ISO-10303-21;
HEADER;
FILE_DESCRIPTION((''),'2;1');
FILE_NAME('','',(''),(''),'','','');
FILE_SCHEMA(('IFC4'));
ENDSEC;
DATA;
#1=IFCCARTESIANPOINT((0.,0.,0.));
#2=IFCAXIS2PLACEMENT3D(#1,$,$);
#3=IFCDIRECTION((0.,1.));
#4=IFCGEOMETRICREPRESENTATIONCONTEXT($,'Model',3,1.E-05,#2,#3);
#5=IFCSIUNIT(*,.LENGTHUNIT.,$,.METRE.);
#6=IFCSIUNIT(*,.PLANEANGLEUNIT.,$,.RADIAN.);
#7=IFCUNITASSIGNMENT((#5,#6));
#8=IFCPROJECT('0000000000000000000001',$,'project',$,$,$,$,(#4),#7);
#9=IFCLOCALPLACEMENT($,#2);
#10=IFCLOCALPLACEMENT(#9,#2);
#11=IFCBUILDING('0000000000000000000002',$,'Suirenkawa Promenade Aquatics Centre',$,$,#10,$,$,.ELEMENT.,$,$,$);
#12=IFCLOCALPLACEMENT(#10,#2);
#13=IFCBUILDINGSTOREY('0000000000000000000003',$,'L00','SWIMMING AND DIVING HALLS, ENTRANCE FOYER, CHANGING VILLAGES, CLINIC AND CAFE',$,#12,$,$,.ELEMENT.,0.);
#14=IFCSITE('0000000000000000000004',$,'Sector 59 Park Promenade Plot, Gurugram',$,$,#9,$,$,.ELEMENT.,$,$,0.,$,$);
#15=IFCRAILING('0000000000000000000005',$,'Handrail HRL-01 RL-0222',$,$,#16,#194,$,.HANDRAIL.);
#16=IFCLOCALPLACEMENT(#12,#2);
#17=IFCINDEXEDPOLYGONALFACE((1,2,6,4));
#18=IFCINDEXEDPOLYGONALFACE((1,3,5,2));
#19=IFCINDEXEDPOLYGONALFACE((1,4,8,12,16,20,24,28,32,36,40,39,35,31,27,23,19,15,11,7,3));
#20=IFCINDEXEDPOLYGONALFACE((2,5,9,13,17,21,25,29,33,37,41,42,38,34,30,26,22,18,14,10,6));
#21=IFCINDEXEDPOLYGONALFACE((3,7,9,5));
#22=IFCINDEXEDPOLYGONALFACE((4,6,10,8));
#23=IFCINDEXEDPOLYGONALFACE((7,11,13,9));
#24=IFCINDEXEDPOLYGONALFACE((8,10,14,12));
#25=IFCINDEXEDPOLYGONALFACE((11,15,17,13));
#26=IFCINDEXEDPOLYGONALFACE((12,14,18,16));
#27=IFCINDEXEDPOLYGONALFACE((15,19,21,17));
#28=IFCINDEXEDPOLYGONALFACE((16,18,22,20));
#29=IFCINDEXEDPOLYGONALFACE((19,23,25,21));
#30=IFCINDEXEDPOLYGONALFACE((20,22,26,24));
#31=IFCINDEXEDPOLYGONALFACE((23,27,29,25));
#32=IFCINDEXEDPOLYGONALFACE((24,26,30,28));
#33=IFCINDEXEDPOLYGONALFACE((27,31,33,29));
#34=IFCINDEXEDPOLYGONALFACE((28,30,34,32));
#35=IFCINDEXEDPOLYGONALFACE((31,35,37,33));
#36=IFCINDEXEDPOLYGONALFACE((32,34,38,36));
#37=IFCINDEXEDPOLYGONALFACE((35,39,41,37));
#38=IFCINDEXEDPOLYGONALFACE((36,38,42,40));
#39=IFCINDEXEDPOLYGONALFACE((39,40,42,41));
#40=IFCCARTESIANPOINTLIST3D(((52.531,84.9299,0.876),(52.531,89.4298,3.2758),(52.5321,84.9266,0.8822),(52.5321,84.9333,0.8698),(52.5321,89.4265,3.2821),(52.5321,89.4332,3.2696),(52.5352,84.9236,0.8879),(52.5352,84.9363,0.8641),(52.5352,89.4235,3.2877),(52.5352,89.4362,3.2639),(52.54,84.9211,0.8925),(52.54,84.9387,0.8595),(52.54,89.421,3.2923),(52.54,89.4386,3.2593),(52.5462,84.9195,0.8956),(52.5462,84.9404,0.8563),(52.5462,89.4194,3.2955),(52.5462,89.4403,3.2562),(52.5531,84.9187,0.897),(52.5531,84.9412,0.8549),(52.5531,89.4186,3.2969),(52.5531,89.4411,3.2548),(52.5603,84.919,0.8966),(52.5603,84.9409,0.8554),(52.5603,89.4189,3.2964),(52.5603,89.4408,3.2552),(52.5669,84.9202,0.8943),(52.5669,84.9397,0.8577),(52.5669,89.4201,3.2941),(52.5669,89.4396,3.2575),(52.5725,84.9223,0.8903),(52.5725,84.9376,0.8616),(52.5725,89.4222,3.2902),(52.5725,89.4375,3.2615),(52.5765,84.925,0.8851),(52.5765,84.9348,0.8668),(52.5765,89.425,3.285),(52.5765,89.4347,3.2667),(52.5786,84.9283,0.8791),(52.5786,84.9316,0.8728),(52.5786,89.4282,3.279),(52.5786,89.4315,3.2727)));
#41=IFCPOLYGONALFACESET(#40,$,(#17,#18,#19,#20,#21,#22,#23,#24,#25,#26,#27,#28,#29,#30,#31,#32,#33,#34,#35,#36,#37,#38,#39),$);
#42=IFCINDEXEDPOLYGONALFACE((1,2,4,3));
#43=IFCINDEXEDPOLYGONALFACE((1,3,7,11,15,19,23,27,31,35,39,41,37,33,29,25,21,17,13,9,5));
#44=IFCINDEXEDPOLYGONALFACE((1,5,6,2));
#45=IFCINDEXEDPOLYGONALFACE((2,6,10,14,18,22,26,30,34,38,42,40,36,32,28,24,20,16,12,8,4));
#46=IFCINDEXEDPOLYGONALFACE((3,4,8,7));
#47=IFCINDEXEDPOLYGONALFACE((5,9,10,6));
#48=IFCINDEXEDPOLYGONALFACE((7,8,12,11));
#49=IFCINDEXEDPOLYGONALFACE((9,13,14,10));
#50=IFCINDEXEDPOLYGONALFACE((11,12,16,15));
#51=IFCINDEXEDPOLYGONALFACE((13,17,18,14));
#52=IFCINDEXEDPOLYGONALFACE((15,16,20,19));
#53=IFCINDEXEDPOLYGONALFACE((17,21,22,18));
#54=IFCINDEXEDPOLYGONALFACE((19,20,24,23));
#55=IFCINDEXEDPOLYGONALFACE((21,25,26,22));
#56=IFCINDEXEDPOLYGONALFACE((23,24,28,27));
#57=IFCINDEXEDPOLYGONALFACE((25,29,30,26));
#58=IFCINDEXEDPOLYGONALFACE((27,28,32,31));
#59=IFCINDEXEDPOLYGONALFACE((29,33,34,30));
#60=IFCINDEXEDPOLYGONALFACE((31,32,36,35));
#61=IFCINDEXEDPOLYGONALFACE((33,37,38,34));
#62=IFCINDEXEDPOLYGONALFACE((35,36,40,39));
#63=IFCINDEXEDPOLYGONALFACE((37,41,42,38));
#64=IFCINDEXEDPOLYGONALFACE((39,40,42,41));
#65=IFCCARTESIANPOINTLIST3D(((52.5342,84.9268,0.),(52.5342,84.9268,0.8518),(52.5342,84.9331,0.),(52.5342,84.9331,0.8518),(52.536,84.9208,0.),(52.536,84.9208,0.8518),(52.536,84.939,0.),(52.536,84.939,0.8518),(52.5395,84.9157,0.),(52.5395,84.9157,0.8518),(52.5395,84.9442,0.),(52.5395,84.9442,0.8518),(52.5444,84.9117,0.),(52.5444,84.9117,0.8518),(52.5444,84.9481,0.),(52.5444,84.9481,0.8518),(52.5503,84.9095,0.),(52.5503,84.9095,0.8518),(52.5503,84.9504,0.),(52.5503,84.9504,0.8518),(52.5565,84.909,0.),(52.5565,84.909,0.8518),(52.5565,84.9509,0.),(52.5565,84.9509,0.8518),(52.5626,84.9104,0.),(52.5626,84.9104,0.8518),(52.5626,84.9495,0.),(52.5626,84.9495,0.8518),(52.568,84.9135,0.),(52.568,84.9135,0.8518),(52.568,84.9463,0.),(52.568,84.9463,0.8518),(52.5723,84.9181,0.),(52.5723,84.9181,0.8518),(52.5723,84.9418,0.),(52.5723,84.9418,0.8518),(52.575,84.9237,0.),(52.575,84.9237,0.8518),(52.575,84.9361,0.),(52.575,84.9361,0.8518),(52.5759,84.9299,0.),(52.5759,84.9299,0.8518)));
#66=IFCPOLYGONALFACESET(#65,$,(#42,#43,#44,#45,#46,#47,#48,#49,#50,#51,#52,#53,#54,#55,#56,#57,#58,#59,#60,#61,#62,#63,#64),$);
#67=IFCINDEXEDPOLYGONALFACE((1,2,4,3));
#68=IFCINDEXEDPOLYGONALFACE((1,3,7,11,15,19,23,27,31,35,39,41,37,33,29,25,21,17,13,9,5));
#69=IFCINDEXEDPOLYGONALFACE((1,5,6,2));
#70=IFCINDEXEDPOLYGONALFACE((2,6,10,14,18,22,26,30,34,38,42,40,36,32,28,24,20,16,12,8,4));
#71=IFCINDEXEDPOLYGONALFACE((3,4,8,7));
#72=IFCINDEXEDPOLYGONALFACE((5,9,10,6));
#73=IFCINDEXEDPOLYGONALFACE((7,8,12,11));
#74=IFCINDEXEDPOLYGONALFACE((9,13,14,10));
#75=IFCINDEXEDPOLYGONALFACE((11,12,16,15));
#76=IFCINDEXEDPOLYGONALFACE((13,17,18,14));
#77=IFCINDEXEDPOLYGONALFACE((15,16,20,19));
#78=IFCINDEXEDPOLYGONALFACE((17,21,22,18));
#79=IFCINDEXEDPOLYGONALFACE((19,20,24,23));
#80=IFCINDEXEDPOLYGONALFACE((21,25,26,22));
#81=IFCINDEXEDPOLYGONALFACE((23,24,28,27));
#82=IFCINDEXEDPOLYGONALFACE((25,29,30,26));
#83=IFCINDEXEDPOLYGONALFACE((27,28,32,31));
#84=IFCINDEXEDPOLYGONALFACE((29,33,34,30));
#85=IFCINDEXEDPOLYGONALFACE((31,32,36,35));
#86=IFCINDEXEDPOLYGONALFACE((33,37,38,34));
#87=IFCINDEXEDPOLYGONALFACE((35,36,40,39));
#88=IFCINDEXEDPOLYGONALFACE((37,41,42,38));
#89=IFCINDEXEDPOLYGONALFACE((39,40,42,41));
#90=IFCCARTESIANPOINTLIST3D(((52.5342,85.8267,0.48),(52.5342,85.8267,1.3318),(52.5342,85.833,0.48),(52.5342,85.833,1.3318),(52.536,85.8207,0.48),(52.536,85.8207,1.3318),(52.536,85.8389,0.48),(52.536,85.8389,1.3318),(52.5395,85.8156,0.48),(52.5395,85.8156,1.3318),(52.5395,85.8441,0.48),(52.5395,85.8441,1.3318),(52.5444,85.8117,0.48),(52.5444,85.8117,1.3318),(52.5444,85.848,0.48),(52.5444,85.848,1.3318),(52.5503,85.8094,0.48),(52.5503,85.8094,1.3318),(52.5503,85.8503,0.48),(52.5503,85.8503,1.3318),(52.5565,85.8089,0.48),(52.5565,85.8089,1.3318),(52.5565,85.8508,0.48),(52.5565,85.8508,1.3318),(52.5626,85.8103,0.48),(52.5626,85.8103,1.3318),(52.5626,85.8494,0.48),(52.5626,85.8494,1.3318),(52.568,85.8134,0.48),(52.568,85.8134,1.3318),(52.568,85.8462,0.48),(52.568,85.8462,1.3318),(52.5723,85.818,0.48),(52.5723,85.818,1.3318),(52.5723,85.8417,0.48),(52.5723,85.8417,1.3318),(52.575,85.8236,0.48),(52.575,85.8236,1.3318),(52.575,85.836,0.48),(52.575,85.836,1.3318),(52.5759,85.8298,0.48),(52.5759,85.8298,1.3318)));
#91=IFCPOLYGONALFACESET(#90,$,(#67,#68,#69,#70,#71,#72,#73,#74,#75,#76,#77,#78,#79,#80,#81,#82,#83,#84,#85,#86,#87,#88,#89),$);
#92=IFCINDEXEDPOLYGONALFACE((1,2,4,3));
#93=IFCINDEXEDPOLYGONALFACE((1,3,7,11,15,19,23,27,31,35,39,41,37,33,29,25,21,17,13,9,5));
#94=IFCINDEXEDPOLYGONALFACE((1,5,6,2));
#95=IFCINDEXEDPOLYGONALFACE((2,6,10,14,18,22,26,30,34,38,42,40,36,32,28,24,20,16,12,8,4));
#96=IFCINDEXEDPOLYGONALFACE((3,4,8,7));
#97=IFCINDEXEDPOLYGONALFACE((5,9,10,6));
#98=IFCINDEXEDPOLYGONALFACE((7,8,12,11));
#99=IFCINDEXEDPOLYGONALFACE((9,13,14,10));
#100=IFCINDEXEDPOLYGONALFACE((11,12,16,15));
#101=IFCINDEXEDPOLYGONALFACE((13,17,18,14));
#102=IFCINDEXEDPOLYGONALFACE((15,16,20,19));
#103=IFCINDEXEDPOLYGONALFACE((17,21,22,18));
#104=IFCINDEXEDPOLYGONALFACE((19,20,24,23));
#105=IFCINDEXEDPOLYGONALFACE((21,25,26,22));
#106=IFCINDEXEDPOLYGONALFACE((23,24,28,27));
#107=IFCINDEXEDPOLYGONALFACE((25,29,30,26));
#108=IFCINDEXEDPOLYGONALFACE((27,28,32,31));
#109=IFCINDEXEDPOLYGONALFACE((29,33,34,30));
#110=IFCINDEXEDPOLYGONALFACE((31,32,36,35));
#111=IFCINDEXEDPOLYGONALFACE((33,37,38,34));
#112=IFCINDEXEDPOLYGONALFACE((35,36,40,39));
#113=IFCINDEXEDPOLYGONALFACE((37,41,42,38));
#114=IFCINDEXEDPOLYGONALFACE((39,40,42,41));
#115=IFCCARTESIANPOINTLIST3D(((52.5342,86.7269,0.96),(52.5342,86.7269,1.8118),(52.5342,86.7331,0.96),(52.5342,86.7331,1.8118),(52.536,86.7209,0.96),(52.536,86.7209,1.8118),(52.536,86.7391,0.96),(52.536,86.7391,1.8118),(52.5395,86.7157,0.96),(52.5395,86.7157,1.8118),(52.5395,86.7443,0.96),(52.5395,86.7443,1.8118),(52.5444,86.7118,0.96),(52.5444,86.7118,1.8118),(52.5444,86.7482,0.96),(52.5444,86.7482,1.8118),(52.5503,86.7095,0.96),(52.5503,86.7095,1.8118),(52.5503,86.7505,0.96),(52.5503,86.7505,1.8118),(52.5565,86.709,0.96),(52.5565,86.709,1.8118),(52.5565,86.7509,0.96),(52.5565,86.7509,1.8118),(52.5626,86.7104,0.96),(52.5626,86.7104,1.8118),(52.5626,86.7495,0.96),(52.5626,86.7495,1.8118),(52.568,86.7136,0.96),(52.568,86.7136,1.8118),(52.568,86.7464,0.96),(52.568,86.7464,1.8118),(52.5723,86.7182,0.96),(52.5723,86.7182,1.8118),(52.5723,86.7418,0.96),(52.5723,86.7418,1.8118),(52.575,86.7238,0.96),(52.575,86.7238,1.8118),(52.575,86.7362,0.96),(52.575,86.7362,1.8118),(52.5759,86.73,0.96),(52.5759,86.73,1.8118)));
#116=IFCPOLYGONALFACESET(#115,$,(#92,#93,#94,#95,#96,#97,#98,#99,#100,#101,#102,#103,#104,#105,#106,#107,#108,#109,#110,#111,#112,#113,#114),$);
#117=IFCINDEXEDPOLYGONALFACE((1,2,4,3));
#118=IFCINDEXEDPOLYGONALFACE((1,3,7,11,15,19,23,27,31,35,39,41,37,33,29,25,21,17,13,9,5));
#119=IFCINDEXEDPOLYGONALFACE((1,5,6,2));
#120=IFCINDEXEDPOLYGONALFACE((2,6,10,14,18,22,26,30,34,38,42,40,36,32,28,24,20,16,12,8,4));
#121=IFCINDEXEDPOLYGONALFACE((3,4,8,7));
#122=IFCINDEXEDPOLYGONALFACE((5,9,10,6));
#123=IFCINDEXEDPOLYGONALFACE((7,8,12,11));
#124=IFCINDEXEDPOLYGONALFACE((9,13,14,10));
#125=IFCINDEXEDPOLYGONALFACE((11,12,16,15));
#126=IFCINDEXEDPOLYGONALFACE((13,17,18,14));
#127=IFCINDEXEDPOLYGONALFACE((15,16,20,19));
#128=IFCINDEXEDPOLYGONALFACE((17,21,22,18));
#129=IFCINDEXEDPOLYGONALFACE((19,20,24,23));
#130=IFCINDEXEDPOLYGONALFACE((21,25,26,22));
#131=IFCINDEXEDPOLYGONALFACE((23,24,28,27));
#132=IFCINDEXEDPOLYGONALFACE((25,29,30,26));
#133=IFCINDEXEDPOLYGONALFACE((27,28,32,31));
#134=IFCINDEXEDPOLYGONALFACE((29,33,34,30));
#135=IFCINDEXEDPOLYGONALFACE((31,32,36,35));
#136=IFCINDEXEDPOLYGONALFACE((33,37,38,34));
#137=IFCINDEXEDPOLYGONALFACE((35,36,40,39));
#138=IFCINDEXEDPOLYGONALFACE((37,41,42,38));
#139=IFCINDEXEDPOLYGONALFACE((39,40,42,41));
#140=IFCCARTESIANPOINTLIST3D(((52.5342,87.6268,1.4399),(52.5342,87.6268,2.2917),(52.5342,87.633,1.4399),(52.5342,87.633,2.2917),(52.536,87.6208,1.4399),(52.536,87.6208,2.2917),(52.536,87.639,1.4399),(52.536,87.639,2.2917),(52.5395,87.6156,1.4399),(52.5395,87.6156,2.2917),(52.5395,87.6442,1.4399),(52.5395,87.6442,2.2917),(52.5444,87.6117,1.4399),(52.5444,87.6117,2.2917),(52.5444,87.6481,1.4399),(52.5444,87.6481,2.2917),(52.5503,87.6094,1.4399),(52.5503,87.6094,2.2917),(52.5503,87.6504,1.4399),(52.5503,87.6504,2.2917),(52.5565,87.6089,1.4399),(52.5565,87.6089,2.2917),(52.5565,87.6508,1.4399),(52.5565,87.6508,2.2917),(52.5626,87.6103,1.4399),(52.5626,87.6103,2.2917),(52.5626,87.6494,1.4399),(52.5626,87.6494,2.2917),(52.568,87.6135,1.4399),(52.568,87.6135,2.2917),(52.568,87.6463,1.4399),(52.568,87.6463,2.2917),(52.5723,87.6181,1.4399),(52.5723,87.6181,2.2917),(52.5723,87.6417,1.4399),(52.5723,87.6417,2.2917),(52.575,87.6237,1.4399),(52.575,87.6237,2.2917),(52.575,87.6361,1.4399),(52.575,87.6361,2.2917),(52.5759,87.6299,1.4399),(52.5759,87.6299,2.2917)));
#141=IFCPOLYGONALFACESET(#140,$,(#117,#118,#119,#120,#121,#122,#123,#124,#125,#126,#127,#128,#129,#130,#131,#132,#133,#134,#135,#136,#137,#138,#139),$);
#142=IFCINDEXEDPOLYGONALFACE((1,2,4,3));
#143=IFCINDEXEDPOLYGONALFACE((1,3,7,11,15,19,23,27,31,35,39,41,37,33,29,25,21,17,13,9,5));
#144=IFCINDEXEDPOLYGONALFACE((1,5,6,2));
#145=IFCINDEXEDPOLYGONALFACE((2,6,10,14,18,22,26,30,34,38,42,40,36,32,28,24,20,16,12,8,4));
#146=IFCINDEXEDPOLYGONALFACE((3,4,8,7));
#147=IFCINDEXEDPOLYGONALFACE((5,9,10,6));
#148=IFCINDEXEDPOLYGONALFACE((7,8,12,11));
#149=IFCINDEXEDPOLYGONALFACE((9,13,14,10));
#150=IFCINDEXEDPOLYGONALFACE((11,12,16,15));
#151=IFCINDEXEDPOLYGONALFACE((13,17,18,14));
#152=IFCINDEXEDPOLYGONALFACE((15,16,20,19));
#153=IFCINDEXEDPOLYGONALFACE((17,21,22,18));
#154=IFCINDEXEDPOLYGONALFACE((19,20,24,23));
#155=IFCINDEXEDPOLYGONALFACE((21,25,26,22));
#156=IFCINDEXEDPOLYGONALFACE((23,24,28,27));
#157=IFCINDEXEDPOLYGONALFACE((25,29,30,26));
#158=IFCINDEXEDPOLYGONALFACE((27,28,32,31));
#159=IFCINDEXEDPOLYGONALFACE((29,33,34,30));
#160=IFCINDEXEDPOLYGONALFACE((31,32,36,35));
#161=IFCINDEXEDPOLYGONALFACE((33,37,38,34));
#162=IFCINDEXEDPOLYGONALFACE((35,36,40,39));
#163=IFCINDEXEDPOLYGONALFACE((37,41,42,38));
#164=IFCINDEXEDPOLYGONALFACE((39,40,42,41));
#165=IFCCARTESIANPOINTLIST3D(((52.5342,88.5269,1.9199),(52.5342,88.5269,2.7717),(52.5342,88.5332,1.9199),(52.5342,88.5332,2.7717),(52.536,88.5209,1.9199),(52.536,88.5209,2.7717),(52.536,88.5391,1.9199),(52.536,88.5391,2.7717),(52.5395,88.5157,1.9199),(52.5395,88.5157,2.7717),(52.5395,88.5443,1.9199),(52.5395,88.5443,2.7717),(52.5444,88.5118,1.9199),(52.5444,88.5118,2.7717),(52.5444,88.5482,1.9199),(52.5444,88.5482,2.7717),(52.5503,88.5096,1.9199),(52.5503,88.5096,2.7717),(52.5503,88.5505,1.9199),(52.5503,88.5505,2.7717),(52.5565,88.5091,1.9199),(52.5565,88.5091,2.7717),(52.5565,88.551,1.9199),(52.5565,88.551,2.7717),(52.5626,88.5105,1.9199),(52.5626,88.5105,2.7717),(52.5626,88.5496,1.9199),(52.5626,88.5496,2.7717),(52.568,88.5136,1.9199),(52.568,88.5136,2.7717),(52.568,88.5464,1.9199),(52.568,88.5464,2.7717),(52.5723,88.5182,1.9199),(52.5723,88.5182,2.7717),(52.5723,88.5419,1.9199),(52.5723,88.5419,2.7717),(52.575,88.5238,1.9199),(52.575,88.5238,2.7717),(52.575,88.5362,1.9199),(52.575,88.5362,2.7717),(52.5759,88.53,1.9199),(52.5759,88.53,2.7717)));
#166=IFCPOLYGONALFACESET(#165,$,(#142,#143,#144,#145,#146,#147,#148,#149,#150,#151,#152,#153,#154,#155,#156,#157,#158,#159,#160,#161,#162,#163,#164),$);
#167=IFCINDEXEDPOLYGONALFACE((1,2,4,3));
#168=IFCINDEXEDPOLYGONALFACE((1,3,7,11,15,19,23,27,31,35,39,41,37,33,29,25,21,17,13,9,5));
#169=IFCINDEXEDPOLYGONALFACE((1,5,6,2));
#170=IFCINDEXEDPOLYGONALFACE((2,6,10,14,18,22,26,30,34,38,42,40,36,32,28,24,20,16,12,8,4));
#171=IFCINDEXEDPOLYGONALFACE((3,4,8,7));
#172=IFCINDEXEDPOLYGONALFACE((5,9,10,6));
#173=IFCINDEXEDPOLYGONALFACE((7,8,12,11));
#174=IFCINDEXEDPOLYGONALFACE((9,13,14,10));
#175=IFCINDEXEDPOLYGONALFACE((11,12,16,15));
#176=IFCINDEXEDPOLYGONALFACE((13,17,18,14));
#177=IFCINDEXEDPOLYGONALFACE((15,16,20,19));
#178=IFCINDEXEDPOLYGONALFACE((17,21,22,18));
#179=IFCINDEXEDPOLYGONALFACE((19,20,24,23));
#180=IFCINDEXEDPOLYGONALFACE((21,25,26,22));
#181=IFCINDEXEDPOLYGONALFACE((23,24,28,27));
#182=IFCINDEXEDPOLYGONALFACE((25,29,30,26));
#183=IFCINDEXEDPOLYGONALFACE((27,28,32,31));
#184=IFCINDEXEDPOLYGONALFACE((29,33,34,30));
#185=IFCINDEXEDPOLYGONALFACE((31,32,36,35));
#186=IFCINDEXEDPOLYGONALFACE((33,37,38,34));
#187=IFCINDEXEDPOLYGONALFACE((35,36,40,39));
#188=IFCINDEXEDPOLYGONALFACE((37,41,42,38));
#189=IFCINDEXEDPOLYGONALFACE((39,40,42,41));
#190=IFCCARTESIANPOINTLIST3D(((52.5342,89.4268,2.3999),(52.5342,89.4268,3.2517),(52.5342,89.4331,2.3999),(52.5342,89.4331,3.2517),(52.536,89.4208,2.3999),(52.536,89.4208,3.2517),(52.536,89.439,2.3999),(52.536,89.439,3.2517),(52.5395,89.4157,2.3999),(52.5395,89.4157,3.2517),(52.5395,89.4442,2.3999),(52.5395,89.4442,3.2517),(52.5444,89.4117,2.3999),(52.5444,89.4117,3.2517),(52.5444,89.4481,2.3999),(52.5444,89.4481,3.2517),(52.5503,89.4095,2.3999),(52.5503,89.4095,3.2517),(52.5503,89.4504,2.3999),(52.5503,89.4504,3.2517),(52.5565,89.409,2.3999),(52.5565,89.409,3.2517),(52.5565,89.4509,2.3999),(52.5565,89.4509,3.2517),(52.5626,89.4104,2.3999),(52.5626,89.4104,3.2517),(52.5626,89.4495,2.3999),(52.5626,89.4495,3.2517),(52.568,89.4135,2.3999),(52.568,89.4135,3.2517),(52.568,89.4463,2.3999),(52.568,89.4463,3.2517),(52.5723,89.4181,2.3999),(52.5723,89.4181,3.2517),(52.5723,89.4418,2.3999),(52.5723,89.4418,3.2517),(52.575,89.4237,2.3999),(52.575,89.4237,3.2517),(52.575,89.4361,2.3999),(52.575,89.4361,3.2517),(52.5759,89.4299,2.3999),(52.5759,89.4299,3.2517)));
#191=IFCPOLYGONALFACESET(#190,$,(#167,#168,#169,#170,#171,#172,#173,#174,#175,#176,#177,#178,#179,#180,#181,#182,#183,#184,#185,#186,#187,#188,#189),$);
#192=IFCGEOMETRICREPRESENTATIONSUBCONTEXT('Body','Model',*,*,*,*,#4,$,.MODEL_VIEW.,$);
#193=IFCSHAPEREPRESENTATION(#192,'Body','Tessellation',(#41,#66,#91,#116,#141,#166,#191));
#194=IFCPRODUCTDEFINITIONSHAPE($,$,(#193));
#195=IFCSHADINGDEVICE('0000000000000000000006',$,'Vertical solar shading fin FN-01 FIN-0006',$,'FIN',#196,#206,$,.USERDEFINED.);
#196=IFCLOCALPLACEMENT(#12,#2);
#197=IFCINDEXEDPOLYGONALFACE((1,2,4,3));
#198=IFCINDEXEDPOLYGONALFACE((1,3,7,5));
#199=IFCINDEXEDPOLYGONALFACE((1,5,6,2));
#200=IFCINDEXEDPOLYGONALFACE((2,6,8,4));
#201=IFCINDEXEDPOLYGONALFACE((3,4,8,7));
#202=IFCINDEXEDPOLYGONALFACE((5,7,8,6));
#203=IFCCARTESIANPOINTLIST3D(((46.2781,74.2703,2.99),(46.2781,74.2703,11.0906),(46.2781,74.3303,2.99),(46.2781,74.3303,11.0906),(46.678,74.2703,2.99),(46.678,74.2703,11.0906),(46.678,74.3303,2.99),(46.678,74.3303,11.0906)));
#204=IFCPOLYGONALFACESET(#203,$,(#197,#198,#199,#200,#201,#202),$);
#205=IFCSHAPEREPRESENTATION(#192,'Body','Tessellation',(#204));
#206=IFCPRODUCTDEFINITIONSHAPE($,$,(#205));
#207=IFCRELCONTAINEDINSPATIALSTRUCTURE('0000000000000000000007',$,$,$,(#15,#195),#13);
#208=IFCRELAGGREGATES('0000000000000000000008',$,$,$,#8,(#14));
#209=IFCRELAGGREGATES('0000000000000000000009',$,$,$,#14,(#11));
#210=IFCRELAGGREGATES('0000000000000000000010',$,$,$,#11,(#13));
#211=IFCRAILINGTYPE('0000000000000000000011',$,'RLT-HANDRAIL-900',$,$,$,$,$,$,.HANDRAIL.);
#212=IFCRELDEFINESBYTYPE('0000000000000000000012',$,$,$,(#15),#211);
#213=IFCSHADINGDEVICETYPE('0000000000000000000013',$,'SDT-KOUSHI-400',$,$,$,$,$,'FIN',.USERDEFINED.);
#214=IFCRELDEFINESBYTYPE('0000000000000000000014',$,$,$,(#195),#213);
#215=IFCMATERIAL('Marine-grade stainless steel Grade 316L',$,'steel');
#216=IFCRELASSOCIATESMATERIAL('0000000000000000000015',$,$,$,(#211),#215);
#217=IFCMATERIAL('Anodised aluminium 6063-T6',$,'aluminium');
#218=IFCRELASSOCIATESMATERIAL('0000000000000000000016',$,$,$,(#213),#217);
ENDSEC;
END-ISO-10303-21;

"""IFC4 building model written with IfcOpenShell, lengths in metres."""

from ifc_helpers import new_model, si_unit, direction, frame, origin, origin_2d, place, context, subcontext, project, spatial, rectangle, circle, extrude, material, type_object, element, save


model = new_model("IFC4")

# Units and contexts
model_context = context("Model", 3, precision=1e-05, world=origin(), true_north=direction((0.0, 1.0)))
body_context = subcontext(model_context, "Body", "Model", "MODEL_VIEW")
ifc_project = project(units=[si_unit("LENGTHUNIT", "METRE"), si_unit("PLANEANGLEUNIT", "RADIAN")], contexts=[model_context])

# Site, building, storey
site_placement = place(None, origin())
site = spatial("IfcSite", under=ifc_project, at=site_placement, Name="Sector 59 Park Promenade Plot, Gurugram", CompositionType="ELEMENT", RefElevation=0.0)
building_placement = place(site_placement, origin())
building = spatial("IfcBuilding", under=site, at=building_placement, Name="Suirenkawa Promenade Aquatics Centre", CompositionType="ELEMENT")
storey_placement = place(building_placement, origin())
storey = spatial("IfcBuildingStorey", under=building, at=storey_placement, Name="L00", Description="SWIMMING AND DIVING HALLS, ENTRANCE FOYER, CHANGING VILLAGES, CLINIC AND CAFE", CompositionType="ELEMENT", Elevation=0.0)

# Shared definitions
ifc_material_1 = material(Name="Anodised aluminium 6063-T6", Category="aluminium")

# Railing
ifc_material_2 = material(Name="Marine-grade stainless steel Grade 316L", Category="steel")
railing_type_1 = type_object("IfcRailingType", Name="RLT-HANDRAIL-900", PredefinedType="HANDRAIL", material=ifc_material_2)
for number, where, name in (
    (1, (52.5549, 84.9299, 0.0), "Handrail HRL-01 RL-0222"),
):
    element("IfcRailing", number, at=place(storey_placement, frame(where)), inside=storey, type_object=railing_type_1, Name=name, PredefinedType="HANDRAIL", context=body_context, shape_type="SweptSolid", body=[
        extrude(circle(Radius=0.0239, at=origin_2d()), frame((0.0, 0.0, 0.876), z_axis=(0.0, 0.882361, 0.470573), x_axis=(-1.0, 0.0, 0.0)), (0.0, 0.0, 1.0), 5.0999),
        extrude(circle(Radius=0.021, at=origin_2d()), origin(), (0.0, 0.0, 1.0), 0.8518),
        extrude(circle(Radius=0.021, at=origin_2d()), frame((0.0, 0.8999, 0.48)), (0.0, 0.0, 1.0), 0.8518),
        extrude(circle(Radius=0.021, at=origin_2d()), frame((0.0, 1.8, 0.96)), (0.0, 0.0, 1.0), 0.8518),
        extrude(circle(Radius=0.021, at=origin_2d()), frame((0.0, 2.7, 1.4399)), (0.0, 0.0, 1.0), 0.8518),
        extrude(circle(Radius=0.021, at=origin_2d()), frame((0.0, 3.6001, 1.9199)), (0.0, 0.0, 1.0), 0.8518),
        extrude(circle(Radius=0.021, at=origin_2d()), frame((0.0, 4.5, 2.3999)), (0.0, 0.0, 1.0), 0.8518),
    ])

# Shading device
shading_device_type = type_object("IfcShadingDeviceType", Name="SDT-KOUSHI-400", ElementType="FIN", PredefinedType="USERDEFINED", material=ifc_material_1)
shading_device_placement = place(storey_placement, frame((46.478, 74.3003, 2.99), z_axis=(0.0, 0.0, 1.0), x_axis=(-1.0, 0.0, 0.0)))
element("IfcShadingDevice", 2, at=shading_device_placement, inside=storey, type_object=shading_device_type, Name="Vertical solar shading fin FN-01 FIN-0006", ObjectType="FIN", PredefinedType="USERDEFINED", context=body_context, shape_type="SweptSolid", body=[
    extrude(rectangle(XDim=0.3999, YDim=0.0601, at=origin_2d()), origin(), (0.0, 0.0, 1.0), 8.1006),
])

save(model, "model.ifc")
